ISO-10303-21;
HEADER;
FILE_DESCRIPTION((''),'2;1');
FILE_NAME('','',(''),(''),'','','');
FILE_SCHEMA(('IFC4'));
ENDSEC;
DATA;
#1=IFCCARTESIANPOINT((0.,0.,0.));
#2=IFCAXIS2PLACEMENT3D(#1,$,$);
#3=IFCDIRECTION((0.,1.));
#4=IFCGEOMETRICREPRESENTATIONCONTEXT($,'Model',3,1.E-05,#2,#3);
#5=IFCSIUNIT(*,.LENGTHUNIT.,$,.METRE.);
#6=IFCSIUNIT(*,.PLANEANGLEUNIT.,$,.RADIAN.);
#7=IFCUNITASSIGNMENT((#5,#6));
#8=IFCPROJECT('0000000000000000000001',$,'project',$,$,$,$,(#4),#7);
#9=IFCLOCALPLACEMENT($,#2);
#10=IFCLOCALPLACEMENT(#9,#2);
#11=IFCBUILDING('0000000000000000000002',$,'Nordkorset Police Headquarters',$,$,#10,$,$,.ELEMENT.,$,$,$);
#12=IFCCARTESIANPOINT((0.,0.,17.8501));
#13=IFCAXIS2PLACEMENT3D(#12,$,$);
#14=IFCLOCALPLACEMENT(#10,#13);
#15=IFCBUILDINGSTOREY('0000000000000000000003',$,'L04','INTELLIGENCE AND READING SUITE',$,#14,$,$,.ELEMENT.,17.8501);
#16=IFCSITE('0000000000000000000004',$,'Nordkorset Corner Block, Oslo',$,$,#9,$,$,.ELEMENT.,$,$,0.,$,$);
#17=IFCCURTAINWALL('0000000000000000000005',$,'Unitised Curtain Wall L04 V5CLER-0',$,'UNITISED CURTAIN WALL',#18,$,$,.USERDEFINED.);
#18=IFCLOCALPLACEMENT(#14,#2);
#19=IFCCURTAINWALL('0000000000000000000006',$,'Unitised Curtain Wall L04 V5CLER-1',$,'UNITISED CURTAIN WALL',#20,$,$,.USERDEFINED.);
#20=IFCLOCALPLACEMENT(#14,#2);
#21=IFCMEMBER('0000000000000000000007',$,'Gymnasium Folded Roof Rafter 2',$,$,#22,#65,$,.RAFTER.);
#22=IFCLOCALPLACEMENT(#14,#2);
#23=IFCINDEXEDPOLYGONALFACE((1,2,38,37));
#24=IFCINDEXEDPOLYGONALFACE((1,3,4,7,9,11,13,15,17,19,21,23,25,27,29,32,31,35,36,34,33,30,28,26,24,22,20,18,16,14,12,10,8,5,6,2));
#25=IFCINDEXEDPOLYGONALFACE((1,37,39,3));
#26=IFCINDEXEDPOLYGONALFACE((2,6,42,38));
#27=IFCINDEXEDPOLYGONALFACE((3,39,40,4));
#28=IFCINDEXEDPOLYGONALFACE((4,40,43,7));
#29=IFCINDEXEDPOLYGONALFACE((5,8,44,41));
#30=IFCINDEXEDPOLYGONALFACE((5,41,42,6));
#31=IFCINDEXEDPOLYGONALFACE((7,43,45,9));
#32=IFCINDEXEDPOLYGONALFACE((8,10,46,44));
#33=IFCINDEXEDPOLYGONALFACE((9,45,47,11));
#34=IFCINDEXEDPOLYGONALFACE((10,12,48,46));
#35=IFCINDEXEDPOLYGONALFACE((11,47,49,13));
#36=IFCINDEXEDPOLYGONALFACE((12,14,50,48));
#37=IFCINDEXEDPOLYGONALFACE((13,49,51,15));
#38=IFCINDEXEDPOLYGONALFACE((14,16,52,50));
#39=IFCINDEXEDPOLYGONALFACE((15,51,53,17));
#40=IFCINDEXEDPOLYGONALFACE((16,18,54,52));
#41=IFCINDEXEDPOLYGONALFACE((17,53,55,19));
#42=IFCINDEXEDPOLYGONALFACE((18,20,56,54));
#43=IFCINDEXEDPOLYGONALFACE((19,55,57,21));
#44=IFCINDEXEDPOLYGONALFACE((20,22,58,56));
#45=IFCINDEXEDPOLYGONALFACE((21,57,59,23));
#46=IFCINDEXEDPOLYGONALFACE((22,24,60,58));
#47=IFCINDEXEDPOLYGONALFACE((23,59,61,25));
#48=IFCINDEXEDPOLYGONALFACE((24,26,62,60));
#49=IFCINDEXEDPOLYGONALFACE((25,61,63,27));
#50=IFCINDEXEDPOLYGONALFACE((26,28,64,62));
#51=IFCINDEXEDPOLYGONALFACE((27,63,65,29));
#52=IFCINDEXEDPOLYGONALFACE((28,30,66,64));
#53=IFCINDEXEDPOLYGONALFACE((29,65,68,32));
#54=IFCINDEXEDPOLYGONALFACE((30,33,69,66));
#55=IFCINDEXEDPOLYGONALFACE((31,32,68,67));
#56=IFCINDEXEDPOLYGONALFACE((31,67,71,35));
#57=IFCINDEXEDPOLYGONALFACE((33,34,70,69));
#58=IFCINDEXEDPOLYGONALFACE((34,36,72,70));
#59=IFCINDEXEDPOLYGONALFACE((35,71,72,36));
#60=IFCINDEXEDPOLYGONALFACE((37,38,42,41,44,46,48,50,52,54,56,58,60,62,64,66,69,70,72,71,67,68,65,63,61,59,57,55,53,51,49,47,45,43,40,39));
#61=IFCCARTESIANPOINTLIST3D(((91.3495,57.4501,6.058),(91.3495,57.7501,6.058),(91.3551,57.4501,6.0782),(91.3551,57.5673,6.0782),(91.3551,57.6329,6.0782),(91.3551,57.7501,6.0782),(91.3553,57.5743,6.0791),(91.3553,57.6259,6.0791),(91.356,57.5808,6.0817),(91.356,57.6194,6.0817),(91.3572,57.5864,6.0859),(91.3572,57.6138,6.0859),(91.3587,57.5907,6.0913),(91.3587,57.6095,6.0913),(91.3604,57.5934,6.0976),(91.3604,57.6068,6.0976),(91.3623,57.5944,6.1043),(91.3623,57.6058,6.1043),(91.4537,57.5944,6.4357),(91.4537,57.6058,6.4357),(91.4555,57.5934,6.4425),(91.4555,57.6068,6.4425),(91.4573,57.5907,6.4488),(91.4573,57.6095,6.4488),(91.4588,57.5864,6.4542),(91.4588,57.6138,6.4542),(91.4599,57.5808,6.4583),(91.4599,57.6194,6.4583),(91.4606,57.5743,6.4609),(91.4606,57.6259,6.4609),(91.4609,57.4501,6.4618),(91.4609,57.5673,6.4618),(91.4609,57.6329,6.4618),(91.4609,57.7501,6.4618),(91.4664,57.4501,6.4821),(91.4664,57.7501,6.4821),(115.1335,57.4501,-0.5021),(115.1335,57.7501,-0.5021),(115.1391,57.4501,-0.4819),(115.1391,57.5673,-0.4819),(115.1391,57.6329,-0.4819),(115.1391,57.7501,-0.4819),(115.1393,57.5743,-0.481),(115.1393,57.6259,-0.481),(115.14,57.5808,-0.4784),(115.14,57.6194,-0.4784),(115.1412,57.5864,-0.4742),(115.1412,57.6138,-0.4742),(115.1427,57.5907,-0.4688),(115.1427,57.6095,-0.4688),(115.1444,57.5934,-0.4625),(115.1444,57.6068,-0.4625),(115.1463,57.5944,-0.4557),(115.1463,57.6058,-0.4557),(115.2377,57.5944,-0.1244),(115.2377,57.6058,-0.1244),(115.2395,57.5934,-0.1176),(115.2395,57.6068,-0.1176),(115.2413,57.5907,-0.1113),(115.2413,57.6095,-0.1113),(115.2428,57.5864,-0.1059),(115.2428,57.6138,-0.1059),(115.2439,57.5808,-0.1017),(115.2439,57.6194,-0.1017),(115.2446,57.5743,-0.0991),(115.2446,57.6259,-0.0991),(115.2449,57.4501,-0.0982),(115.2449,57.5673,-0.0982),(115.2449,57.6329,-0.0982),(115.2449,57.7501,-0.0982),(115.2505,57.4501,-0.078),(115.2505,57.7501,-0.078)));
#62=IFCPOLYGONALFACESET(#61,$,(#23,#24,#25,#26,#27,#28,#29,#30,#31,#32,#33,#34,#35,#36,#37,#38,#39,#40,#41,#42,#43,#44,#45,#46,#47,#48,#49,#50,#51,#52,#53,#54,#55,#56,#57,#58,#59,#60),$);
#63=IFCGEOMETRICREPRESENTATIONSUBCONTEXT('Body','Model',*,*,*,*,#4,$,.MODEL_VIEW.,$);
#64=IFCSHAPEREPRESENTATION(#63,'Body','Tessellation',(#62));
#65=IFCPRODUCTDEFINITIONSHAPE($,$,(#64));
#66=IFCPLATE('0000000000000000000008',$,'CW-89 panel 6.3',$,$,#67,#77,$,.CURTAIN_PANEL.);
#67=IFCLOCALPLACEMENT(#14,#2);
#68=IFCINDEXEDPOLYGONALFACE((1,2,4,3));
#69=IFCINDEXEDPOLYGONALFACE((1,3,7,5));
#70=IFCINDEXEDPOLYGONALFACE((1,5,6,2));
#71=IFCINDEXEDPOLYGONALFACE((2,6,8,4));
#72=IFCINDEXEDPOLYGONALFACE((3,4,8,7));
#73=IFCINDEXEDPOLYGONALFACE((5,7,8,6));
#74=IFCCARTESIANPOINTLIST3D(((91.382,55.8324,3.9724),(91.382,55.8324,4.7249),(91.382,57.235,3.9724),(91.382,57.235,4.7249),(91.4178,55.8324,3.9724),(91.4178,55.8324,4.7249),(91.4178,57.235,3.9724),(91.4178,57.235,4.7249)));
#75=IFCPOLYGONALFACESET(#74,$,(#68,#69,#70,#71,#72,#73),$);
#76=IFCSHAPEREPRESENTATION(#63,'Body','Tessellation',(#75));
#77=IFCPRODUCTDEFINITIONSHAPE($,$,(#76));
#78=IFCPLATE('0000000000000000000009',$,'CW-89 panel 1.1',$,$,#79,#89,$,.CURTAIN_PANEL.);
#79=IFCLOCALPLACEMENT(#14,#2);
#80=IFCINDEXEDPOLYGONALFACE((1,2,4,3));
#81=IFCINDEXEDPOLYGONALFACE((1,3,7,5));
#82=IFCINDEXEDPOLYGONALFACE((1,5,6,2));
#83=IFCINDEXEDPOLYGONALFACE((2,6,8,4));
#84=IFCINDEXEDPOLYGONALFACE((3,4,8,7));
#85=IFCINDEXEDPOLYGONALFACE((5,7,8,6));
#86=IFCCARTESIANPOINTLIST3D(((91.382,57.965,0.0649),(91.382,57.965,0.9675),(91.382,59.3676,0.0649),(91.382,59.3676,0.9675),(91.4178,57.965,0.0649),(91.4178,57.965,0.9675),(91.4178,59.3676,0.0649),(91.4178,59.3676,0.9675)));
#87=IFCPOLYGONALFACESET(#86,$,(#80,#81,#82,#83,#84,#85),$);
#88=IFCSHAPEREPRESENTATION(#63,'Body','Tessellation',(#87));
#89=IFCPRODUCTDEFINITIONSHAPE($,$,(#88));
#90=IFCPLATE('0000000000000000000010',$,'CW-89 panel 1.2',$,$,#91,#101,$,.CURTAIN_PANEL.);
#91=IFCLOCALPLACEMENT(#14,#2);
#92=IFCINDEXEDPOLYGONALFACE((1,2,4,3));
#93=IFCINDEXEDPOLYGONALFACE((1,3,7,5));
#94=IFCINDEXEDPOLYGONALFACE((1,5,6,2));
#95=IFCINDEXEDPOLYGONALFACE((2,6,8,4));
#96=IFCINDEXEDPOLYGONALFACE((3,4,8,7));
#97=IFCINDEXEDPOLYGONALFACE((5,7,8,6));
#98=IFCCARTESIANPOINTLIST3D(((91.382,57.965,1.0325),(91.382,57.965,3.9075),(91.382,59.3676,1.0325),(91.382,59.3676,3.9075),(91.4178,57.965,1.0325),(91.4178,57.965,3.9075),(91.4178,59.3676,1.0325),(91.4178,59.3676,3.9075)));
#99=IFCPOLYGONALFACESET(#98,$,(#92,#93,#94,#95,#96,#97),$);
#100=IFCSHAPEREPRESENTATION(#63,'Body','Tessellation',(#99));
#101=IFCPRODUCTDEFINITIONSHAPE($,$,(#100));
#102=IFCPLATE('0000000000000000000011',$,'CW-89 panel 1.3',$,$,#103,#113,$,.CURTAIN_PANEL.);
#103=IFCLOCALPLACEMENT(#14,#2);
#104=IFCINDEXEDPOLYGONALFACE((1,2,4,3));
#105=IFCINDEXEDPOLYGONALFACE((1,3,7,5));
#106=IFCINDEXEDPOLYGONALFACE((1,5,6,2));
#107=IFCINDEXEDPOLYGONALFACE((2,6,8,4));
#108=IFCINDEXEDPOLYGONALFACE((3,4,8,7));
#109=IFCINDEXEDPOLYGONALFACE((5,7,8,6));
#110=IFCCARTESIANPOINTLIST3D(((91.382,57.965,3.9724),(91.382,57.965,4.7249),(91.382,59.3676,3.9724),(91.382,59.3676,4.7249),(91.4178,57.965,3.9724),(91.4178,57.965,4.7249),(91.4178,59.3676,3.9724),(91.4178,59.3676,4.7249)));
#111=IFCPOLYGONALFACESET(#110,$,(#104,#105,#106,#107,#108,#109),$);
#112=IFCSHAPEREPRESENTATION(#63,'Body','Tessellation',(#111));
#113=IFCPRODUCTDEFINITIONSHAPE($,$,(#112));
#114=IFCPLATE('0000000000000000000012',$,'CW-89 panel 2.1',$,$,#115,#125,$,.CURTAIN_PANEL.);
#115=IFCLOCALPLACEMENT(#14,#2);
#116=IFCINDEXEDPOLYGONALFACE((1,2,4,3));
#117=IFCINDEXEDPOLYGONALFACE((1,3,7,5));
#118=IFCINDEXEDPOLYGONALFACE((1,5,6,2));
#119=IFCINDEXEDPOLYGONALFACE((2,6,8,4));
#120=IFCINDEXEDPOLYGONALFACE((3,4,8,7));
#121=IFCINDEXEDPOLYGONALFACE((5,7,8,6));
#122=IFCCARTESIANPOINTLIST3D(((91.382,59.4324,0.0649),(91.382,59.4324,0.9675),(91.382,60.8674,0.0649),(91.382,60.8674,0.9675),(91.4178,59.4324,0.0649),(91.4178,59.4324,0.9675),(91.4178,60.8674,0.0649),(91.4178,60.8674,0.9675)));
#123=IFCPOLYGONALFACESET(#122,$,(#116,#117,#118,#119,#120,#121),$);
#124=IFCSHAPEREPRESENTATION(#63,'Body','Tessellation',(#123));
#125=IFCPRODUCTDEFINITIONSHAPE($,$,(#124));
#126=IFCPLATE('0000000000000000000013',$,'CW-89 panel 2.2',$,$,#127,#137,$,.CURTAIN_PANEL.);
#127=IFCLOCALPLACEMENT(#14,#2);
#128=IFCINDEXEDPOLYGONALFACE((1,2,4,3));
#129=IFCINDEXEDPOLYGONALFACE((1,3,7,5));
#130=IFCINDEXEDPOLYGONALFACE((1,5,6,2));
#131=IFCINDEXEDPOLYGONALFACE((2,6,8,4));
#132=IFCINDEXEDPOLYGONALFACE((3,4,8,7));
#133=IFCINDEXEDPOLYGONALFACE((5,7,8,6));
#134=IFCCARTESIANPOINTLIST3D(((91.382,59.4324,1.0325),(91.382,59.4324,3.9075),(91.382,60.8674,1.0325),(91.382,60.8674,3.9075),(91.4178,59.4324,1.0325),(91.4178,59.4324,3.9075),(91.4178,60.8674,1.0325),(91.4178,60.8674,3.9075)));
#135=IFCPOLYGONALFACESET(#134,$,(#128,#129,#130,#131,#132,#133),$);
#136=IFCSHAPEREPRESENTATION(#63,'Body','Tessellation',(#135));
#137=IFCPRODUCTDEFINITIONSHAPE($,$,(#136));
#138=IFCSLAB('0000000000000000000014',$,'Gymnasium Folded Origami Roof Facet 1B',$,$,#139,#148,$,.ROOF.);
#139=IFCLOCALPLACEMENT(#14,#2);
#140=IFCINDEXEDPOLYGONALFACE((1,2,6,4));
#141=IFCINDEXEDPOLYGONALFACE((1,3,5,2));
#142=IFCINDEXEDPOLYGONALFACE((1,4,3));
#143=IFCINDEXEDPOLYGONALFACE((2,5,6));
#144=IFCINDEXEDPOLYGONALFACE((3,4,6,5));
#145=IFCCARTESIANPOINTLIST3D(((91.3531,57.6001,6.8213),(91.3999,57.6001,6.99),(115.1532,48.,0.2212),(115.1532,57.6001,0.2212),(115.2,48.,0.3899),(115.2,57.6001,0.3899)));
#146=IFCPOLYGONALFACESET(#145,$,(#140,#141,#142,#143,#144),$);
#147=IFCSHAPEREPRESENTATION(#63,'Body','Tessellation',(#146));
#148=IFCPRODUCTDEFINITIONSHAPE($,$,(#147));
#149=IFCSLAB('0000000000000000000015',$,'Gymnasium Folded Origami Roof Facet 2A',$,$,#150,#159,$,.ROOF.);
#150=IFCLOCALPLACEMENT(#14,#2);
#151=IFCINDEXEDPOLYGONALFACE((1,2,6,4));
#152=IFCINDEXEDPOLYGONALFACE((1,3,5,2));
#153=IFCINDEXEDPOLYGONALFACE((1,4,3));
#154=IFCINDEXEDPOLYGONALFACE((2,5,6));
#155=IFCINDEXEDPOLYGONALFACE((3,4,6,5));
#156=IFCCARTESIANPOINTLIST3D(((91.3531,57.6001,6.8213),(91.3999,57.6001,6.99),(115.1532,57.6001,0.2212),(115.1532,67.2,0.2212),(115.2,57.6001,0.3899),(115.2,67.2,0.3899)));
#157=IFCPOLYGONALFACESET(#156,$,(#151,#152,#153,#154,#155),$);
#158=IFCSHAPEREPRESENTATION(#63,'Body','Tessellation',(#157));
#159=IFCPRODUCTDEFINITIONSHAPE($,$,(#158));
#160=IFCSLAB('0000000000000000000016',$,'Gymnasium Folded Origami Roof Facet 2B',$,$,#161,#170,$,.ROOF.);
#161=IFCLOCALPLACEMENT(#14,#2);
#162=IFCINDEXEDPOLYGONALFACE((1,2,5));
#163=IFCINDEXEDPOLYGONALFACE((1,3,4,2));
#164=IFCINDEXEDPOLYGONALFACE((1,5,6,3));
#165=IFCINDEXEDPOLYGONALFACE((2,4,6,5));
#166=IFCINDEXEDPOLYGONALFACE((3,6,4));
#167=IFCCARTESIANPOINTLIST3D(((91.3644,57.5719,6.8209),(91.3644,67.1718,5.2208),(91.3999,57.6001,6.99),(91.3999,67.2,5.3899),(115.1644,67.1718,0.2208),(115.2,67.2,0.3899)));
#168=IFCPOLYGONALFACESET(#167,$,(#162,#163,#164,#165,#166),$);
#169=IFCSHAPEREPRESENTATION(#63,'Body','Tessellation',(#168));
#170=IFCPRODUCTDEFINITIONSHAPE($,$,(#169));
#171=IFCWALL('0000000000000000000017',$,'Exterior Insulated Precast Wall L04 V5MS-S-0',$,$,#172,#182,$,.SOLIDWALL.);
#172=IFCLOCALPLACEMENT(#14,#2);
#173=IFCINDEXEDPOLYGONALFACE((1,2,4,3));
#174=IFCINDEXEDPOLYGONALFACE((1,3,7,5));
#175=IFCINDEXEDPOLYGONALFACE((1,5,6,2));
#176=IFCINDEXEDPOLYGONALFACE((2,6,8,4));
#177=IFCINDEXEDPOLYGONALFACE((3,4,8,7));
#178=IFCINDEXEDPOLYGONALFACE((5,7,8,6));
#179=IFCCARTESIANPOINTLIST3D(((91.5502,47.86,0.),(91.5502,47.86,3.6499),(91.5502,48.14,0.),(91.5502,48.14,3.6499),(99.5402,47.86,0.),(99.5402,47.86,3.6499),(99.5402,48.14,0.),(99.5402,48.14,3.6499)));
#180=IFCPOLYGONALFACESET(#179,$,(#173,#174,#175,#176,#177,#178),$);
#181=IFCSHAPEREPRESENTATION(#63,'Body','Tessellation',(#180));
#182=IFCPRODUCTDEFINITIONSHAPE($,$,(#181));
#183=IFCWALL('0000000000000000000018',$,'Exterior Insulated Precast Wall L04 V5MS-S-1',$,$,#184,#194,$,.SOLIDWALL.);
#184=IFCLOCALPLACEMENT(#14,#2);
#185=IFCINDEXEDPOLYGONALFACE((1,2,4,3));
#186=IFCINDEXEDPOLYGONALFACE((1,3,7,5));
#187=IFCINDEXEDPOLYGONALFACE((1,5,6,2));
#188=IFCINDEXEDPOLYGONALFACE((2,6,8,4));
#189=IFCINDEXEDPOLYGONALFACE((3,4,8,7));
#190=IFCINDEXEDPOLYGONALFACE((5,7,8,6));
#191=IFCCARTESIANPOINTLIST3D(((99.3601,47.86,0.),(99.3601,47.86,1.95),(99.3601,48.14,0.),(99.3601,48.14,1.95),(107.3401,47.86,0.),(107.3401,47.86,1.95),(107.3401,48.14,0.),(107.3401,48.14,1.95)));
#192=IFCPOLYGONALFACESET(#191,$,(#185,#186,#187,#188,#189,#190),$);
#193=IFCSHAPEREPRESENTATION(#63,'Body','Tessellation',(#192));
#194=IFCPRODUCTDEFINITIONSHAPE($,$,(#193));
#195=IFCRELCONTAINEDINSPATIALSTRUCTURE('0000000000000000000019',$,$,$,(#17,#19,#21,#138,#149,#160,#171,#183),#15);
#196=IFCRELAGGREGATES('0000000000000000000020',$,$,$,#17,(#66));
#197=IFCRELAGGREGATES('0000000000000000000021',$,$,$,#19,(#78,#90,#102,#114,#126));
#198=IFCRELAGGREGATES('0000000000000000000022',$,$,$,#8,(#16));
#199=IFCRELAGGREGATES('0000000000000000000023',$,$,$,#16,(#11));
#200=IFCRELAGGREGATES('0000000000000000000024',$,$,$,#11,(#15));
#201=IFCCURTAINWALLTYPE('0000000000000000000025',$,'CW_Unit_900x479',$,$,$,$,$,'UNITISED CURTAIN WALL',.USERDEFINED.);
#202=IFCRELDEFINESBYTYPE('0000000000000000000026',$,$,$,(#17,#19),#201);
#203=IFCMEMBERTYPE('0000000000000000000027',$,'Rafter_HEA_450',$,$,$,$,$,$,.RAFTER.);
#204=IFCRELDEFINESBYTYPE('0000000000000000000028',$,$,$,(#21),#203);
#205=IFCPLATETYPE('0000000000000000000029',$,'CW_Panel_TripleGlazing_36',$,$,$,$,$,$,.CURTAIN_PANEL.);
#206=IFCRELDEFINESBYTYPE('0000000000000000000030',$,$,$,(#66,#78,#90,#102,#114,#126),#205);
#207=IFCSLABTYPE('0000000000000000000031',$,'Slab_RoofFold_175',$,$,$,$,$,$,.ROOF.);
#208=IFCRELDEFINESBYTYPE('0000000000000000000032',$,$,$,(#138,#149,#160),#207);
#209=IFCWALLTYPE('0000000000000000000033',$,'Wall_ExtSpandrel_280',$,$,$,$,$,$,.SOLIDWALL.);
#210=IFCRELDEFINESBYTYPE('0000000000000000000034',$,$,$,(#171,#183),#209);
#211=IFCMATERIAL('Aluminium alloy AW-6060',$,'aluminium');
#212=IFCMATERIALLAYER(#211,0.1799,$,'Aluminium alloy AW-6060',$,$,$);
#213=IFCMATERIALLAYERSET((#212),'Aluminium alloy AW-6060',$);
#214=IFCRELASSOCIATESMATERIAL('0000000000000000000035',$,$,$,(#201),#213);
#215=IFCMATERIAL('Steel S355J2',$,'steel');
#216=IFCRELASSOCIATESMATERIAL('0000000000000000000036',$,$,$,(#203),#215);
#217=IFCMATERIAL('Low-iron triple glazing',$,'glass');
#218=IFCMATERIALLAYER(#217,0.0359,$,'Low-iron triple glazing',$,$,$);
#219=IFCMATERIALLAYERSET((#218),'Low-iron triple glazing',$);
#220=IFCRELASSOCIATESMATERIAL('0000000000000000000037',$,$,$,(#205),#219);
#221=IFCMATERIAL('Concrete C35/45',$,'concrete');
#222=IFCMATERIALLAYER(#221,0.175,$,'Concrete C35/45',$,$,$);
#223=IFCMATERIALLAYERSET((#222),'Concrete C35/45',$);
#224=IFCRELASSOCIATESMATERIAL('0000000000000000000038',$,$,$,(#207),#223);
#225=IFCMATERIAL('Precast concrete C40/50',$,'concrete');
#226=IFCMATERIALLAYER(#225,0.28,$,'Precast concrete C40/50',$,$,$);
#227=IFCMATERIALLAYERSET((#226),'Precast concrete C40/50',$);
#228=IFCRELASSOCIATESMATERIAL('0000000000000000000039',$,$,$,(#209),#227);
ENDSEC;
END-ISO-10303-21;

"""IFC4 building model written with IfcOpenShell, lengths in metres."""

from ifc_helpers import new_model, si_unit, direction, frame, frame_2d, origin, origin_2d, place, context, subcontext, project, spatial, polyline, rectangle, i_section, outline, extrude, material, layer, layer_set, material_profile, profile_set, type_object, element, aggregate, save


model = new_model("IFC4")

# Units and contexts
model_context = context("Model", 3, precision=1e-05, world=origin(), true_north=direction((0.0, 1.0)))
body_context = subcontext(model_context, "Body", "Model", "MODEL_VIEW")
ifc_project = project(units=[si_unit("LENGTHUNIT", "METRE"), si_unit("PLANEANGLEUNIT", "RADIAN")], contexts=[model_context])

# Site, building, storey
site_placement = place(None, origin())
site = spatial("IfcSite", under=ifc_project, at=site_placement, Name="Nordkorset Corner Block, Oslo", CompositionType="ELEMENT", RefElevation=0.0)
building_placement = place(site_placement, origin())
building = spatial("IfcBuilding", under=site, at=building_placement, Name="Nordkorset Police Headquarters", CompositionType="ELEMENT")
storey_placement = place(building_placement, frame((0.0, 0.0, 17.8501)))
storey = spatial("IfcBuildingStorey", under=building, at=storey_placement, Name="L04", Description="INTELLIGENCE AND READING SUITE", CompositionType="ELEMENT", Elevation=17.8501)

# Curtain wall
ifc_material_1 = material(Name="Aluminium alloy AW-6060", Category="aluminium")
ifc_layer_1 = layer(ifc_material_1, 0.1799, Name="Aluminium alloy AW-6060")
ifc_layer_set_1 = layer_set([ifc_layer_1], Name="Aluminium alloy AW-6060")
curtain_wall_type = type_object("IfcCurtainWallType", Name="CW_Unit_900x479", ElementType="UNITISED CURTAIN WALL", PredefinedType="USERDEFINED", material=ifc_layer_set_1)
curtain_wall_1_placement = place(storey_placement, origin())
curtain_wall_1 = element("IfcCurtainWall", 1, at=curtain_wall_1_placement, inside=storey, type_object=curtain_wall_type, Name="Unitised Curtain Wall L04 V5CLER-0", ObjectType="UNITISED CURTAIN WALL", PredefinedType="USERDEFINED")

# Curtain wall
curtain_wall_2_placement = place(storey_placement, origin())
curtain_wall_2 = element("IfcCurtainWall", 2, at=curtain_wall_2_placement, inside=storey, type_object=curtain_wall_type, Name="Unitised Curtain Wall L04 V5CLER-1", ObjectType="UNITISED CURTAIN WALL", PredefinedType="USERDEFINED")

# Member
ifc_material_2 = material(Name="Steel S355J2", Category="steel")
ifc_material_profile_1 = material_profile(ifc_material_2, i_section(OverallWidth=0.3, OverallDepth=0.4399, WebThickness=0.0115, FlangeThickness=0.021, FilletRadius=0.0271, at=origin_2d()), Name="HEA 450")
ifc_profile_set_1 = profile_set([ifc_material_profile_1], Name="Steel S355J2")
member_type_1 = type_object("IfcMemberType", Name="Rafter_HEA_450", PredefinedType="RAFTER", material=ifc_profile_set_1)
member_1_placement = place(storey_placement, frame((91.408, 57.6001, 6.27), z_axis=(0.964003, 0.0, -0.26589), x_axis=(0.0, 1.0, 0.0)))
element("IfcMember", 3, at=member_1_placement, inside=storey, type_object=member_type_1, Name="Gymnasium Folded Roof Rafter 2", PredefinedType="RAFTER", context=body_context, shape_type="SweptSolid", body=[
    extrude(i_section(OverallWidth=0.3, OverallDepth=0.4399, WebThickness=0.0115, FlangeThickness=0.021, FilletRadius=0.0271, at=origin_2d()), origin(), (0.0, 0.0, 1.0), 24.6721),
])

# Plates
ifc_material_3 = material(Name="Low-iron triple glazing", Category="glass")
ifc_layer_2 = layer(ifc_material_3, 0.0359, Name="Low-iron triple glazing")
ifc_layer_set_2 = layer_set([ifc_layer_2], Name="Low-iron triple glazing")
plate_type = type_object("IfcPlateType", Name="CW_Panel_TripleGlazing_36", PredefinedType="CURTAIN_PANEL", material=ifc_layer_set_2)
plate_1_placement = place(storey_placement, frame((91.3999, 56.5337, 3.9724), z_axis=(0.0, 0.0, 1.0), x_axis=(0.0, 1.0, 0.0)))
plate_1 = element("IfcPlate", 4, at=plate_1_placement, type_object=plate_type, Name="CW-89 panel 6.3", PredefinedType="CURTAIN_PANEL", context=body_context, shape_type="SweptSolid", body=[
    extrude(rectangle(XDim=1.4026, YDim=0.0359, at=origin_2d()), origin(), (0.0, 0.0, 1.0), 0.7524),
])
aggregate(curtain_wall_1, [plate_1])
plate_2_placement = place(storey_placement, frame((91.3999, 58.6663, 0.0649), z_axis=(0.0, 0.0, 1.0), x_axis=(0.0, 1.0, 0.0)))
plate_2 = element("IfcPlate", 5, at=plate_2_placement, type_object=plate_type, Name="CW-89 panel 1.1", PredefinedType="CURTAIN_PANEL", context=body_context, shape_type="SweptSolid", body=[
    extrude(rectangle(XDim=1.4026, YDim=0.0359, at=origin_2d()), origin(), (0.0, 0.0, 1.0), 0.9026),
])
plate_3_placement = place(storey_placement, frame((91.3999, 58.6663, 1.0325), z_axis=(0.0, 0.0, 1.0), x_axis=(0.0, 1.0, 0.0)))
plate_3 = element("IfcPlate", 6, at=plate_3_placement, type_object=plate_type, Name="CW-89 panel 1.2", PredefinedType="CURTAIN_PANEL", context=body_context, shape_type="SweptSolid", body=[
    extrude(rectangle(XDim=1.4026, YDim=0.0359, at=origin_2d()), origin(), (0.0, 0.0, 1.0), 2.875),
])
plate_4_placement = place(storey_placement, frame((91.3999, 58.6663, 3.9724), z_axis=(0.0, 0.0, 1.0), x_axis=(0.0, 1.0, 0.0)))
plate_4 = element("IfcPlate", 7, at=plate_4_placement, type_object=plate_type, Name="CW-89 panel 1.3", PredefinedType="CURTAIN_PANEL", context=body_context, shape_type="SweptSolid", body=[
    extrude(rectangle(XDim=1.4026, YDim=0.0359, at=origin_2d()), origin(), (0.0, 0.0, 1.0), 0.7524),
])
plate_5_placement = place(storey_placement, frame((91.3999, 60.1499, 0.0649), z_axis=(0.0, 0.0, 1.0), x_axis=(0.0, 1.0, 0.0)))
plate_5 = element("IfcPlate", 8, at=plate_5_placement, type_object=plate_type, Name="CW-89 panel 2.1", PredefinedType="CURTAIN_PANEL", context=body_context, shape_type="SweptSolid", body=[
    extrude(rectangle(XDim=1.4351, YDim=0.0359, at=origin_2d()), origin(), (0.0, 0.0, 1.0), 0.9026),
])
plate_6_placement = place(storey_placement, frame((91.3999, 60.1499, 1.0325), z_axis=(0.0, 0.0, 1.0), x_axis=(0.0, 1.0, 0.0)))
plate_6 = element("IfcPlate", 9, at=plate_6_placement, type_object=plate_type, Name="CW-89 panel 2.2", PredefinedType="CURTAIN_PANEL", context=body_context, shape_type="SweptSolid", body=[
    extrude(rectangle(XDim=1.4351, YDim=0.0359, at=origin_2d()), origin(), (0.0, 0.0, 1.0), 2.875),
])
aggregate(curtain_wall_2, [plate_2, plate_3, plate_4, plate_5, plate_6])

# Slabs
ifc_material_4 = material(Name="Concrete C35/45", Category="concrete")
ifc_layer_3 = layer(ifc_material_4, 0.175, Name="Concrete C35/45")
ifc_layer_set_3 = layer_set([ifc_layer_3], Name="Concrete C35/45")
slab_type = type_object("IfcSlabType", Name="Slab_RoofFold_175", PredefinedType="ROOF", material=ifc_layer_set_3)
slab_1_placement = place(storey_placement, frame((115.2, 48.0, 0.3899), z_axis=(0.267229, 0.0, 0.963633), x_axis=(0.0, 1.0, 0.0)))
element("IfcSlab", 10, at=slab_1_placement, inside=storey, type_object=slab_type, Name="Gymnasium Folded Origami Roof Facet 1B", PredefinedType="ROOF", context=body_context, shape_type="SweptSolid", body=[
    extrude(outline(polyline([(0.0, 0.0), (9.6001, 0.0), (9.6001, 24.6983), (0.0, 0.0)])), origin(), (0.0, 0.0, -1.0), 0.175),
])
slab_2_placement = place(storey_placement, frame((91.3999, 57.6001, 6.99), z_axis=(0.267229, 0.0, 0.963633), x_axis=(0.963633, 0.0, -0.267229)))
element("IfcSlab", 11, at=slab_2_placement, inside=storey, type_object=slab_type, Name="Gymnasium Folded Origami Roof Facet 2A", PredefinedType="ROOF", context=body_context, shape_type="SweptSolid", body=[
    extrude(outline(polyline([(0.0, 0.0), (24.6983, 0.0), (24.6983, 9.5999), (0.0, 0.0)])), origin(), (0.0, 0.0, -1.0), 0.175),
])
slab_3_placement = place(storey_placement, frame((91.3999, 57.6001, 6.99), z_axis=(0.202914, 0.160991, 0.965872), x_axis=(0.898172, 0.362282, -0.249076)))
element("IfcSlab", 12, at=slab_3_placement, inside=storey, type_object=slab_type, Name="Gymnasium Folded Origami Roof Facet 2B", PredefinedType="ROOF", context=body_context, shape_type="SweptSolid", body=[
    extrude(outline(polyline([(0.0, 0.0), (26.4983, 0.0), (3.8764, 8.927), (0.0, 0.0)])), origin(), (0.0, 0.0, -1.0), 0.175),
])

# Walls
ifc_material_5 = material(Name="Precast concrete C40/50", Category="concrete")
ifc_layer_4 = layer(ifc_material_5, 0.28, Name="Precast concrete C40/50")
ifc_layer_set_4 = layer_set([ifc_layer_4], Name="Precast concrete C40/50")
wall_type_1 = type_object("IfcWallType", Name="Wall_ExtSpandrel_280", PredefinedType="SOLIDWALL", material=ifc_layer_set_4)
wall_1_placement = place(storey_placement, frame((91.55, 48.0, 0.0), z_axis=(0.0, 0.0, 1.0), x_axis=(1.0, 0.0, 0.0)))
element("IfcWall", 13, at=wall_1_placement, inside=storey, type_object=wall_type_1, Name="Exterior Insulated Precast Wall L04 V5MS-S-0", PredefinedType="SOLIDWALL", context=body_context, shape_type="SweptSolid", body=[
    extrude(rectangle(XDim=7.99, YDim=0.28, at=frame_2d((3.9951, 0.0))), origin(), (0.0, 0.0, 1.0), 3.6499),
])
wall_2_placement = place(storey_placement, frame((99.3601, 48.0, 0.0), z_axis=(0.0, 0.0, 1.0), x_axis=(1.0, 0.0, 0.0)))
element("IfcWall", 14, at=wall_2_placement, inside=storey, type_object=wall_type_1, Name="Exterior Insulated Precast Wall L04 V5MS-S-1", PredefinedType="SOLIDWALL", context=body_context, shape_type="SweptSolid", body=[
    extrude(rectangle(XDim=7.98, YDim=0.28, at=frame_2d((3.99, 0.0))), origin(), (0.0, 0.0, 1.0), 1.95),
])

save(model, "model.ifc")
